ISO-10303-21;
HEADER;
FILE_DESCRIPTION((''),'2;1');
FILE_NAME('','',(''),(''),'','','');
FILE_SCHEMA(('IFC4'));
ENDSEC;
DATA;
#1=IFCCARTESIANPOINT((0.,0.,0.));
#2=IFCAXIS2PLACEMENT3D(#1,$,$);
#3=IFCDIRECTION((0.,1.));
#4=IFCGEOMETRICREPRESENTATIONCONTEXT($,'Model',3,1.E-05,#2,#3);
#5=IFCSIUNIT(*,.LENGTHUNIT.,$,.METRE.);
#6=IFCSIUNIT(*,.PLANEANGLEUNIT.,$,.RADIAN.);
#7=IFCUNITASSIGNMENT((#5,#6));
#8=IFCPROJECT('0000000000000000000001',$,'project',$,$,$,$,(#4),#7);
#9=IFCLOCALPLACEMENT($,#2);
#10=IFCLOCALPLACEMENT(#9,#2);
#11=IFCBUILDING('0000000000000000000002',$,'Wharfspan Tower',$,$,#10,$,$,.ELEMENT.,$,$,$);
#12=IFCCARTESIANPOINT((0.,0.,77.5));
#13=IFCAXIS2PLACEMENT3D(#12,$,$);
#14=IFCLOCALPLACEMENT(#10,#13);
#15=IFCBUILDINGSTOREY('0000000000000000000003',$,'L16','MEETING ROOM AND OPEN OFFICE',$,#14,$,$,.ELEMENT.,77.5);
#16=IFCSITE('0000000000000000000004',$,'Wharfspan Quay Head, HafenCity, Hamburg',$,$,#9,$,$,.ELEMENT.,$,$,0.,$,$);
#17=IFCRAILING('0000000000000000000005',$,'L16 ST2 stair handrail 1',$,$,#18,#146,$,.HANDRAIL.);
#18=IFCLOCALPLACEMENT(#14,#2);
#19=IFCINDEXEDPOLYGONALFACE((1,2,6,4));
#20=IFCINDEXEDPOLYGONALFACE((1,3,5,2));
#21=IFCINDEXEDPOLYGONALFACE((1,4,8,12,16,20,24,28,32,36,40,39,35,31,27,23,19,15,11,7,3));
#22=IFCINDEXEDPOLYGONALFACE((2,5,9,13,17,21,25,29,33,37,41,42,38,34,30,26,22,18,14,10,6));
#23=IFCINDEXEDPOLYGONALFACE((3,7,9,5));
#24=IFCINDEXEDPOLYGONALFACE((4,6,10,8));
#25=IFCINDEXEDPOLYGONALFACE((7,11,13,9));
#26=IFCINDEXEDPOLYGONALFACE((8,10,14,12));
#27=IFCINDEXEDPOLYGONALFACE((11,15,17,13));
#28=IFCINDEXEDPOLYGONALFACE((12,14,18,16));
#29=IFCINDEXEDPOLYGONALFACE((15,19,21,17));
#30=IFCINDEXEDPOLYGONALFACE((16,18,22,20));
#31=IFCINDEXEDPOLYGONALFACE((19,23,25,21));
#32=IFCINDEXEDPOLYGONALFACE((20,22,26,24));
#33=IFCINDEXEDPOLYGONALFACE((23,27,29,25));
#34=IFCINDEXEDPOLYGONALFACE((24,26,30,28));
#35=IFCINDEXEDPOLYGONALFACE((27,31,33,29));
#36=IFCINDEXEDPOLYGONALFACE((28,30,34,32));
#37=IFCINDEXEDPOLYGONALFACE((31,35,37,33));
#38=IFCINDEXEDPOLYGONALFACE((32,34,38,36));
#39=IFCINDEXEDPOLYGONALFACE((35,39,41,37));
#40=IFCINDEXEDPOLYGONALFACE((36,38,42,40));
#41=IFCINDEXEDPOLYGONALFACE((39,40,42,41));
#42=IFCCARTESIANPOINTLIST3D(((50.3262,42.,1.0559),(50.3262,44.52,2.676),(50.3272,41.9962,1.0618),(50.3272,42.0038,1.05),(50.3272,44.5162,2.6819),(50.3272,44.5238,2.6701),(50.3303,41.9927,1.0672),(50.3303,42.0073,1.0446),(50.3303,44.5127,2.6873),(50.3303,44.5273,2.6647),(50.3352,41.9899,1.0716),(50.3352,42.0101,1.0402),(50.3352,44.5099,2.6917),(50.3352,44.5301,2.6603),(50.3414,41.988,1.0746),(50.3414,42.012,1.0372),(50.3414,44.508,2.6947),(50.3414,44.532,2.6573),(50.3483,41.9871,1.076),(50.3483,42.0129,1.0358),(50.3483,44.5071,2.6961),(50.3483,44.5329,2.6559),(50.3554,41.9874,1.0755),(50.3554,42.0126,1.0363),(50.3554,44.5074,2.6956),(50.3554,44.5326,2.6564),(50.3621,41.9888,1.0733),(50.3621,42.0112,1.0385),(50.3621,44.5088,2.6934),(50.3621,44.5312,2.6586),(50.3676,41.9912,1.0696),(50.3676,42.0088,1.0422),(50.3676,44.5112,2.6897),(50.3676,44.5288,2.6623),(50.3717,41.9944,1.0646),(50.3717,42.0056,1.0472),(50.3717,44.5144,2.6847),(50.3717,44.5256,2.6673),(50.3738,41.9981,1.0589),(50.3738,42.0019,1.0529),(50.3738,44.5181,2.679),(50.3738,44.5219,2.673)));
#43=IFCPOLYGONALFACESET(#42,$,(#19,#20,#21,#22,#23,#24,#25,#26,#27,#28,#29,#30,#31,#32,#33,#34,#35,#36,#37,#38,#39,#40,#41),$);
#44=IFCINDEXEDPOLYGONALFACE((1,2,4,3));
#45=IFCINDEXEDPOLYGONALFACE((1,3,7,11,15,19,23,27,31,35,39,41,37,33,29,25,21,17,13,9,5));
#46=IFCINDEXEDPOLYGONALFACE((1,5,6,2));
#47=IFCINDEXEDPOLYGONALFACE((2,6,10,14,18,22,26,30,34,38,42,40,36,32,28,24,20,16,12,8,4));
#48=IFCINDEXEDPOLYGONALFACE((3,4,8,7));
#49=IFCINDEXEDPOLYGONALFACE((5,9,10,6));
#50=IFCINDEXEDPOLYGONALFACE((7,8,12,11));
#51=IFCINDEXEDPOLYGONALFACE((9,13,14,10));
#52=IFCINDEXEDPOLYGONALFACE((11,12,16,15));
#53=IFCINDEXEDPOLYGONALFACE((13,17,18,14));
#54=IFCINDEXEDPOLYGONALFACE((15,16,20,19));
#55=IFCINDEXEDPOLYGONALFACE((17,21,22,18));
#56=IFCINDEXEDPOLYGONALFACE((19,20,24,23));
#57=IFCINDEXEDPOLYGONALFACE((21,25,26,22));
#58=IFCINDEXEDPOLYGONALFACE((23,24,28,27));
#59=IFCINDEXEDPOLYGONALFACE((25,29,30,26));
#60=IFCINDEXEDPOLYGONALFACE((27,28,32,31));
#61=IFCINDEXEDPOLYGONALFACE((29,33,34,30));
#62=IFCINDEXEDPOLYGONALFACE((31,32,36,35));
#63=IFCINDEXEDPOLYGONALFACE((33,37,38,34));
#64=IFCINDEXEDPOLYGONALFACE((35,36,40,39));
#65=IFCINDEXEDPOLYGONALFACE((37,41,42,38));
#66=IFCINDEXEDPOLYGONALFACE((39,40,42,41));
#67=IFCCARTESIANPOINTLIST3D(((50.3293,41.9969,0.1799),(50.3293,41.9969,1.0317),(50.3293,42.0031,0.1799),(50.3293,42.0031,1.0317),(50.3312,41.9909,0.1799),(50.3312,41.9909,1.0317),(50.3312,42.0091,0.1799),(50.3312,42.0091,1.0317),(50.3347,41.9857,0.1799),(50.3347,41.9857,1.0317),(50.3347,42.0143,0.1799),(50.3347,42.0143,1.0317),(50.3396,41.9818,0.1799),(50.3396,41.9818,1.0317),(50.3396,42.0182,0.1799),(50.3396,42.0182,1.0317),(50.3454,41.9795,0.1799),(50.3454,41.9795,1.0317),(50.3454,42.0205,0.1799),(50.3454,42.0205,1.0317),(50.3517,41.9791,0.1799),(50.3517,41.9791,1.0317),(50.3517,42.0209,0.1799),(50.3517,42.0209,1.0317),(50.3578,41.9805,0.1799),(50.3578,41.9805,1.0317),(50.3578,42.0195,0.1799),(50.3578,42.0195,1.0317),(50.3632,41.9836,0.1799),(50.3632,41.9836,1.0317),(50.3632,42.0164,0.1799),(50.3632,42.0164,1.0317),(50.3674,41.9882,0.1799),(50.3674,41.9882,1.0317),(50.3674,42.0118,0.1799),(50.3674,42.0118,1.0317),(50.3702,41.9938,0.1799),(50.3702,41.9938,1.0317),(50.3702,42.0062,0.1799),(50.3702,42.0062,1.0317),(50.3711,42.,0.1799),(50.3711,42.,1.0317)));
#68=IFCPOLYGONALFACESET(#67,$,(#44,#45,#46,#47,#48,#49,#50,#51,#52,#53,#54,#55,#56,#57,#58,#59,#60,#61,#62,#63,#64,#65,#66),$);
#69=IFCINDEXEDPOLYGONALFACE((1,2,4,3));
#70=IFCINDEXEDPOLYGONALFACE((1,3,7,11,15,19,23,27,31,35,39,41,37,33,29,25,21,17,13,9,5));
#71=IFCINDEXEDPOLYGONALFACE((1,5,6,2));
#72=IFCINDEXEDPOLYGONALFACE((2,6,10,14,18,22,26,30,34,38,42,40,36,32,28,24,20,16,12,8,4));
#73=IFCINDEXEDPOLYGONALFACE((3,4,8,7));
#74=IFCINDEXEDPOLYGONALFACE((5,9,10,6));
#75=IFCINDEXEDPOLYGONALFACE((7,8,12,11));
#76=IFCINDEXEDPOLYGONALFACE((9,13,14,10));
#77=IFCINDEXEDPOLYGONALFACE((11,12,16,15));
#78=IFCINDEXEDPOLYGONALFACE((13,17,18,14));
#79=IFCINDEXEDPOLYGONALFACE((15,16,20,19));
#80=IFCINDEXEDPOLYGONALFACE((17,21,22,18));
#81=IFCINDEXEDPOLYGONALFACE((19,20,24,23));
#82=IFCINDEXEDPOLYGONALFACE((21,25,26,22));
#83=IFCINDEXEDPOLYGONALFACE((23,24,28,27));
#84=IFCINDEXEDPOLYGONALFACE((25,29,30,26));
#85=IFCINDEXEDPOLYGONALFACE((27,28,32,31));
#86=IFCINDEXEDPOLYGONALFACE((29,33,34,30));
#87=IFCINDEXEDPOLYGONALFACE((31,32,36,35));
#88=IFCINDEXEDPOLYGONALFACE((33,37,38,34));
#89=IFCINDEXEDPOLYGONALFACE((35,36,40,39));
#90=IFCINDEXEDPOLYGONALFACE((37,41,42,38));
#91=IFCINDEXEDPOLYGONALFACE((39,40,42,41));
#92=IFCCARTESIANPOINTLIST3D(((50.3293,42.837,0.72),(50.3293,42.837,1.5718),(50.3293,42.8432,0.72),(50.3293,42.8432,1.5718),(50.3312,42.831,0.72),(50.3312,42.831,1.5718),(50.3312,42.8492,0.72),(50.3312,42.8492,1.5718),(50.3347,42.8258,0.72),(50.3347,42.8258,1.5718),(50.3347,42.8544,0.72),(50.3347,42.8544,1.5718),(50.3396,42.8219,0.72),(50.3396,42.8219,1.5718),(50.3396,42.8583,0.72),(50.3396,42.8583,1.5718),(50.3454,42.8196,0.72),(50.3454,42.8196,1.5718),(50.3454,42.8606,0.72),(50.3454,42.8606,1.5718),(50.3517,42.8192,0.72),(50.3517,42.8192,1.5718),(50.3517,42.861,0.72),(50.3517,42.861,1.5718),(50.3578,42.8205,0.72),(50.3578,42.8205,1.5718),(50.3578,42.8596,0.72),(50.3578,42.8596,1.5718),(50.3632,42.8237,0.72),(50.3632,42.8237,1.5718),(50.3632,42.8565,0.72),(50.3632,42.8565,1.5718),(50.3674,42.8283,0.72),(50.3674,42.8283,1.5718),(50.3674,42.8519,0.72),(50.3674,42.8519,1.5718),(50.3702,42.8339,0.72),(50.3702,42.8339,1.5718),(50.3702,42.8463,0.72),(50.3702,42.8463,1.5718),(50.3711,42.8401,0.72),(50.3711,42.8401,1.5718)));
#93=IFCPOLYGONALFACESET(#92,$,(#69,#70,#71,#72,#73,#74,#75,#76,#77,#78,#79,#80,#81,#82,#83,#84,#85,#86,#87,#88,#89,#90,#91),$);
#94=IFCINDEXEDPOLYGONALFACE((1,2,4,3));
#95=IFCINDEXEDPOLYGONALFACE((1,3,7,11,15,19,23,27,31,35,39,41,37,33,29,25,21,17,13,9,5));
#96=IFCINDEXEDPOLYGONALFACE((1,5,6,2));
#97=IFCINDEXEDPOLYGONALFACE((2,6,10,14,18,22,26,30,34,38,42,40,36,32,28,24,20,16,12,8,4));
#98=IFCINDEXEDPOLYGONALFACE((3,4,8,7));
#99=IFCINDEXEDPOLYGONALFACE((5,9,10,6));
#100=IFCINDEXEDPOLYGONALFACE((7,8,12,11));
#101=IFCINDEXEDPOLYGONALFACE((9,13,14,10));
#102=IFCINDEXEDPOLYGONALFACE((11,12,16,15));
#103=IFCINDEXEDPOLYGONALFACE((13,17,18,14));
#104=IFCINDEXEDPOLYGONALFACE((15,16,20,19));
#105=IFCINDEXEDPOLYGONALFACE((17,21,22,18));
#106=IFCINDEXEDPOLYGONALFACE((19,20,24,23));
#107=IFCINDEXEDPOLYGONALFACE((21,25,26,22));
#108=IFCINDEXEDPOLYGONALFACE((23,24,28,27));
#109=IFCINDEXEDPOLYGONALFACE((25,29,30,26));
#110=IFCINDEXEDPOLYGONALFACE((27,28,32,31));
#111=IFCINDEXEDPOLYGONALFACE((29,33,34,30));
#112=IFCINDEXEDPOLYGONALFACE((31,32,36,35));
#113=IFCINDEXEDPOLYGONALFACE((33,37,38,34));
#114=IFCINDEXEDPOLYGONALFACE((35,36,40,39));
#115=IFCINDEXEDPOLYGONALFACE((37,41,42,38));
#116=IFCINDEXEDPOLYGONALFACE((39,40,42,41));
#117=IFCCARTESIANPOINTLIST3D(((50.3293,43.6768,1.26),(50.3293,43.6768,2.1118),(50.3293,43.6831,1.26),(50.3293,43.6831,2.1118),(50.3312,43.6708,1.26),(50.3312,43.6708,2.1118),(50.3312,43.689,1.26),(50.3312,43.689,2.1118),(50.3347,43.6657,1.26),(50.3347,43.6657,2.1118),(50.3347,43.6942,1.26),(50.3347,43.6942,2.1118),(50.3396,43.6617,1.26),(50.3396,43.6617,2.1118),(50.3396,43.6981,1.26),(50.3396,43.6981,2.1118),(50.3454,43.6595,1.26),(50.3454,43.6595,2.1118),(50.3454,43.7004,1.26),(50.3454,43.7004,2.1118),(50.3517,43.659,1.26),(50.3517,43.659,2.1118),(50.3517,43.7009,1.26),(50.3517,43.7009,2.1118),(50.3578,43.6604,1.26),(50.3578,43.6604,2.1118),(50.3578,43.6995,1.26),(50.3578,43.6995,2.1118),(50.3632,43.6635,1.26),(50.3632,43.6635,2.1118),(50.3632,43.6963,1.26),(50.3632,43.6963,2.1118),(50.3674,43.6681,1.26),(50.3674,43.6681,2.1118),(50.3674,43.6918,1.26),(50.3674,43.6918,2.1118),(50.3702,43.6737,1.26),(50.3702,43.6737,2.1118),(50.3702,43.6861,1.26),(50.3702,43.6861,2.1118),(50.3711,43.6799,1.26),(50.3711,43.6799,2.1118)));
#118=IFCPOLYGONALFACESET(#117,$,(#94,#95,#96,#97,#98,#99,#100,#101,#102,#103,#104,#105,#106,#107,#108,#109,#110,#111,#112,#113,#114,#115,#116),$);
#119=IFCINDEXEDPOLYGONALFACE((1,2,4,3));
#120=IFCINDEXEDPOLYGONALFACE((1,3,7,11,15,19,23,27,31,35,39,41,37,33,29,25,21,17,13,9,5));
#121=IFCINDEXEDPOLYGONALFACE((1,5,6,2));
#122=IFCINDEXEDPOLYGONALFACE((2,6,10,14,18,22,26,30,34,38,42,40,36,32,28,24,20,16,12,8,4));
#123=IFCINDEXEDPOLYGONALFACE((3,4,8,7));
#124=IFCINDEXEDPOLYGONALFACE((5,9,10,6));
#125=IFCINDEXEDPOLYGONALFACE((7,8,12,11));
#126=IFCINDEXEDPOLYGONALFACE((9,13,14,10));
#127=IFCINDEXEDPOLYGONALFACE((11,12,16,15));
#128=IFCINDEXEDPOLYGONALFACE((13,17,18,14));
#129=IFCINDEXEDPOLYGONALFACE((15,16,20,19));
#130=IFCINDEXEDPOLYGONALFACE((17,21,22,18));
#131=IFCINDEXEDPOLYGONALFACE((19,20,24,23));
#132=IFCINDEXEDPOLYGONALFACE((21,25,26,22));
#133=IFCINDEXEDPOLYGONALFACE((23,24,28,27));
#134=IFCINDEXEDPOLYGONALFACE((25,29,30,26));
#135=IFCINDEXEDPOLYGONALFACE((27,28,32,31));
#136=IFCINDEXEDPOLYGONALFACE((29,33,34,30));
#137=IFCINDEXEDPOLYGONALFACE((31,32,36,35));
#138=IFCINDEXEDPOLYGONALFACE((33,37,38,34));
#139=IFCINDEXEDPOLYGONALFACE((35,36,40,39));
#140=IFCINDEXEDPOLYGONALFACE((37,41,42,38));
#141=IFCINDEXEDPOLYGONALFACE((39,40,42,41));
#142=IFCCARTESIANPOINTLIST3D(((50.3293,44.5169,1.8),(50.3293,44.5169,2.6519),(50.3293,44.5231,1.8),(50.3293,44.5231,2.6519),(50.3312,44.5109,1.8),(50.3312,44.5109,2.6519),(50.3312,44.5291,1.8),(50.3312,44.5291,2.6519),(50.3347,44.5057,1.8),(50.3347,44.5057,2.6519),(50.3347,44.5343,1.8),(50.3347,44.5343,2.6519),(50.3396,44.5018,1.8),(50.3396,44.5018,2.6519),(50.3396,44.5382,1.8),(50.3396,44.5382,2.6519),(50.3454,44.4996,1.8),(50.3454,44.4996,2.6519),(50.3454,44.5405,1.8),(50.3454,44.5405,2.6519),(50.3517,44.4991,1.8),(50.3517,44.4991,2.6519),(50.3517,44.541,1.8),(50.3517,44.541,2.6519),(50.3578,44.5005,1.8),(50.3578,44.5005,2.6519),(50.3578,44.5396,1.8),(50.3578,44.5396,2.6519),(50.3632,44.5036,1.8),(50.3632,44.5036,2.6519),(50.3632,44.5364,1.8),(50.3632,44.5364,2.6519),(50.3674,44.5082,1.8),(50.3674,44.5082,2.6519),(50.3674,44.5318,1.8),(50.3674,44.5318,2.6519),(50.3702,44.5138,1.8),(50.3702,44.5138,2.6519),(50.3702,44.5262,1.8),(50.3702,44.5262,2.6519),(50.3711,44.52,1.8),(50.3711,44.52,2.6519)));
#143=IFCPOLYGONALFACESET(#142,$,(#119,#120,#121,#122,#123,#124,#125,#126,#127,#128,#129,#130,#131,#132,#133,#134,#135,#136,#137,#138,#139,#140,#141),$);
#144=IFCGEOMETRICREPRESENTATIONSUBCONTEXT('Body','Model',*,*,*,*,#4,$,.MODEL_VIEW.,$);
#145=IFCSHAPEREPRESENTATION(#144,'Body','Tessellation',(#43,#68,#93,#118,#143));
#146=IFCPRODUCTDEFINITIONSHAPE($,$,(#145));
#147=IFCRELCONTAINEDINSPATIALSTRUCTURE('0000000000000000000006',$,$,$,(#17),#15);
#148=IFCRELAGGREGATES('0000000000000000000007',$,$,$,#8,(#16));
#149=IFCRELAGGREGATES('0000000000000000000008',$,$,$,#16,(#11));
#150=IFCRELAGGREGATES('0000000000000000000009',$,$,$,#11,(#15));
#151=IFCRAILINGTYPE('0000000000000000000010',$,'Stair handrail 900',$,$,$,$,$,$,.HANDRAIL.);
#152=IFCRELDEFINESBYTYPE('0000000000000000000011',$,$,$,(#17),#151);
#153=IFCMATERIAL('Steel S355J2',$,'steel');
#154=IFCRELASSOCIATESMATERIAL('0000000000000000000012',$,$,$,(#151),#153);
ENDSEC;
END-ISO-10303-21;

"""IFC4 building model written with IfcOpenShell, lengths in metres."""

from ifc_helpers import new_model, si_unit, direction, frame, origin, origin_2d, place, context, subcontext, project, spatial, circle, extrude, material, type_object, element, save


model = new_model("IFC4")

# Units and contexts
model_context = context("Model", 3, precision=1e-05, world=origin(), true_north=direction((0.0, 1.0)))
body_context = subcontext(model_context, "Body", "Model", "MODEL_VIEW")
ifc_project = project(units=[si_unit("LENGTHUNIT", "METRE"), si_unit("PLANEANGLEUNIT", "RADIAN")], contexts=[model_context])

# Site, building, storey
site_placement = place(None, origin())
site = spatial("IfcSite", under=ifc_project, at=site_placement, Name="Wharfspan Quay Head, HafenCity, Hamburg", CompositionType="ELEMENT", RefElevation=0.0)
building_placement = place(site_placement, origin())
building = spatial("IfcBuilding", under=site, at=building_placement, Name="Wharfspan Tower", CompositionType="ELEMENT")
storey_placement = place(building_placement, frame((0.0, 0.0, 77.5)))
storey = spatial("IfcBuildingStorey", under=building, at=storey_placement, Name="L16", Description="MEETING ROOM AND OPEN OFFICE", CompositionType="ELEMENT", Elevation=77.5)

# Shared definitions
ifc_material_1 = material(Name="Steel S355J2", Category="steel")

# Railing
railing_type_1 = type_object("IfcRailingType", Name="Stair handrail 900", PredefinedType="HANDRAIL", material=ifc_material_1)
railing_1_placement = place(storey_placement, frame((50.3501, 42.0, 0.1799)))
element("IfcRailing", 1, at=railing_1_placement, inside=storey, type_object=railing_type_1, Name="L16 ST2 stair handrail 1", PredefinedType="HANDRAIL", context=body_context, shape_type="SweptSolid", body=[
    extrude(circle(Radius=0.0239, at=origin_2d()), frame((0.0, 0.0, 0.876), z_axis=(0.0, 0.841163, 0.540782), x_axis=(-1.0, 0.0, 0.0)), (0.0, 0.0, 1.0), 2.9958),
    extrude(circle(Radius=0.021, at=origin_2d()), origin(), (0.0, 0.0, 1.0), 0.8518),
    extrude(circle(Radius=0.021, at=origin_2d()), frame((0.0, 0.8401, 0.54)), (0.0, 0.0, 1.0), 0.8518),
    extrude(circle(Radius=0.021, at=origin_2d()), frame((0.0, 1.6799, 1.0801)), (0.0, 0.0, 1.0), 0.8518),
    extrude(circle(Radius=0.021, at=origin_2d()), frame((0.0, 2.52, 1.6201)), (0.0, 0.0, 1.0), 0.8518),
])

save(model, "model.ifc")
